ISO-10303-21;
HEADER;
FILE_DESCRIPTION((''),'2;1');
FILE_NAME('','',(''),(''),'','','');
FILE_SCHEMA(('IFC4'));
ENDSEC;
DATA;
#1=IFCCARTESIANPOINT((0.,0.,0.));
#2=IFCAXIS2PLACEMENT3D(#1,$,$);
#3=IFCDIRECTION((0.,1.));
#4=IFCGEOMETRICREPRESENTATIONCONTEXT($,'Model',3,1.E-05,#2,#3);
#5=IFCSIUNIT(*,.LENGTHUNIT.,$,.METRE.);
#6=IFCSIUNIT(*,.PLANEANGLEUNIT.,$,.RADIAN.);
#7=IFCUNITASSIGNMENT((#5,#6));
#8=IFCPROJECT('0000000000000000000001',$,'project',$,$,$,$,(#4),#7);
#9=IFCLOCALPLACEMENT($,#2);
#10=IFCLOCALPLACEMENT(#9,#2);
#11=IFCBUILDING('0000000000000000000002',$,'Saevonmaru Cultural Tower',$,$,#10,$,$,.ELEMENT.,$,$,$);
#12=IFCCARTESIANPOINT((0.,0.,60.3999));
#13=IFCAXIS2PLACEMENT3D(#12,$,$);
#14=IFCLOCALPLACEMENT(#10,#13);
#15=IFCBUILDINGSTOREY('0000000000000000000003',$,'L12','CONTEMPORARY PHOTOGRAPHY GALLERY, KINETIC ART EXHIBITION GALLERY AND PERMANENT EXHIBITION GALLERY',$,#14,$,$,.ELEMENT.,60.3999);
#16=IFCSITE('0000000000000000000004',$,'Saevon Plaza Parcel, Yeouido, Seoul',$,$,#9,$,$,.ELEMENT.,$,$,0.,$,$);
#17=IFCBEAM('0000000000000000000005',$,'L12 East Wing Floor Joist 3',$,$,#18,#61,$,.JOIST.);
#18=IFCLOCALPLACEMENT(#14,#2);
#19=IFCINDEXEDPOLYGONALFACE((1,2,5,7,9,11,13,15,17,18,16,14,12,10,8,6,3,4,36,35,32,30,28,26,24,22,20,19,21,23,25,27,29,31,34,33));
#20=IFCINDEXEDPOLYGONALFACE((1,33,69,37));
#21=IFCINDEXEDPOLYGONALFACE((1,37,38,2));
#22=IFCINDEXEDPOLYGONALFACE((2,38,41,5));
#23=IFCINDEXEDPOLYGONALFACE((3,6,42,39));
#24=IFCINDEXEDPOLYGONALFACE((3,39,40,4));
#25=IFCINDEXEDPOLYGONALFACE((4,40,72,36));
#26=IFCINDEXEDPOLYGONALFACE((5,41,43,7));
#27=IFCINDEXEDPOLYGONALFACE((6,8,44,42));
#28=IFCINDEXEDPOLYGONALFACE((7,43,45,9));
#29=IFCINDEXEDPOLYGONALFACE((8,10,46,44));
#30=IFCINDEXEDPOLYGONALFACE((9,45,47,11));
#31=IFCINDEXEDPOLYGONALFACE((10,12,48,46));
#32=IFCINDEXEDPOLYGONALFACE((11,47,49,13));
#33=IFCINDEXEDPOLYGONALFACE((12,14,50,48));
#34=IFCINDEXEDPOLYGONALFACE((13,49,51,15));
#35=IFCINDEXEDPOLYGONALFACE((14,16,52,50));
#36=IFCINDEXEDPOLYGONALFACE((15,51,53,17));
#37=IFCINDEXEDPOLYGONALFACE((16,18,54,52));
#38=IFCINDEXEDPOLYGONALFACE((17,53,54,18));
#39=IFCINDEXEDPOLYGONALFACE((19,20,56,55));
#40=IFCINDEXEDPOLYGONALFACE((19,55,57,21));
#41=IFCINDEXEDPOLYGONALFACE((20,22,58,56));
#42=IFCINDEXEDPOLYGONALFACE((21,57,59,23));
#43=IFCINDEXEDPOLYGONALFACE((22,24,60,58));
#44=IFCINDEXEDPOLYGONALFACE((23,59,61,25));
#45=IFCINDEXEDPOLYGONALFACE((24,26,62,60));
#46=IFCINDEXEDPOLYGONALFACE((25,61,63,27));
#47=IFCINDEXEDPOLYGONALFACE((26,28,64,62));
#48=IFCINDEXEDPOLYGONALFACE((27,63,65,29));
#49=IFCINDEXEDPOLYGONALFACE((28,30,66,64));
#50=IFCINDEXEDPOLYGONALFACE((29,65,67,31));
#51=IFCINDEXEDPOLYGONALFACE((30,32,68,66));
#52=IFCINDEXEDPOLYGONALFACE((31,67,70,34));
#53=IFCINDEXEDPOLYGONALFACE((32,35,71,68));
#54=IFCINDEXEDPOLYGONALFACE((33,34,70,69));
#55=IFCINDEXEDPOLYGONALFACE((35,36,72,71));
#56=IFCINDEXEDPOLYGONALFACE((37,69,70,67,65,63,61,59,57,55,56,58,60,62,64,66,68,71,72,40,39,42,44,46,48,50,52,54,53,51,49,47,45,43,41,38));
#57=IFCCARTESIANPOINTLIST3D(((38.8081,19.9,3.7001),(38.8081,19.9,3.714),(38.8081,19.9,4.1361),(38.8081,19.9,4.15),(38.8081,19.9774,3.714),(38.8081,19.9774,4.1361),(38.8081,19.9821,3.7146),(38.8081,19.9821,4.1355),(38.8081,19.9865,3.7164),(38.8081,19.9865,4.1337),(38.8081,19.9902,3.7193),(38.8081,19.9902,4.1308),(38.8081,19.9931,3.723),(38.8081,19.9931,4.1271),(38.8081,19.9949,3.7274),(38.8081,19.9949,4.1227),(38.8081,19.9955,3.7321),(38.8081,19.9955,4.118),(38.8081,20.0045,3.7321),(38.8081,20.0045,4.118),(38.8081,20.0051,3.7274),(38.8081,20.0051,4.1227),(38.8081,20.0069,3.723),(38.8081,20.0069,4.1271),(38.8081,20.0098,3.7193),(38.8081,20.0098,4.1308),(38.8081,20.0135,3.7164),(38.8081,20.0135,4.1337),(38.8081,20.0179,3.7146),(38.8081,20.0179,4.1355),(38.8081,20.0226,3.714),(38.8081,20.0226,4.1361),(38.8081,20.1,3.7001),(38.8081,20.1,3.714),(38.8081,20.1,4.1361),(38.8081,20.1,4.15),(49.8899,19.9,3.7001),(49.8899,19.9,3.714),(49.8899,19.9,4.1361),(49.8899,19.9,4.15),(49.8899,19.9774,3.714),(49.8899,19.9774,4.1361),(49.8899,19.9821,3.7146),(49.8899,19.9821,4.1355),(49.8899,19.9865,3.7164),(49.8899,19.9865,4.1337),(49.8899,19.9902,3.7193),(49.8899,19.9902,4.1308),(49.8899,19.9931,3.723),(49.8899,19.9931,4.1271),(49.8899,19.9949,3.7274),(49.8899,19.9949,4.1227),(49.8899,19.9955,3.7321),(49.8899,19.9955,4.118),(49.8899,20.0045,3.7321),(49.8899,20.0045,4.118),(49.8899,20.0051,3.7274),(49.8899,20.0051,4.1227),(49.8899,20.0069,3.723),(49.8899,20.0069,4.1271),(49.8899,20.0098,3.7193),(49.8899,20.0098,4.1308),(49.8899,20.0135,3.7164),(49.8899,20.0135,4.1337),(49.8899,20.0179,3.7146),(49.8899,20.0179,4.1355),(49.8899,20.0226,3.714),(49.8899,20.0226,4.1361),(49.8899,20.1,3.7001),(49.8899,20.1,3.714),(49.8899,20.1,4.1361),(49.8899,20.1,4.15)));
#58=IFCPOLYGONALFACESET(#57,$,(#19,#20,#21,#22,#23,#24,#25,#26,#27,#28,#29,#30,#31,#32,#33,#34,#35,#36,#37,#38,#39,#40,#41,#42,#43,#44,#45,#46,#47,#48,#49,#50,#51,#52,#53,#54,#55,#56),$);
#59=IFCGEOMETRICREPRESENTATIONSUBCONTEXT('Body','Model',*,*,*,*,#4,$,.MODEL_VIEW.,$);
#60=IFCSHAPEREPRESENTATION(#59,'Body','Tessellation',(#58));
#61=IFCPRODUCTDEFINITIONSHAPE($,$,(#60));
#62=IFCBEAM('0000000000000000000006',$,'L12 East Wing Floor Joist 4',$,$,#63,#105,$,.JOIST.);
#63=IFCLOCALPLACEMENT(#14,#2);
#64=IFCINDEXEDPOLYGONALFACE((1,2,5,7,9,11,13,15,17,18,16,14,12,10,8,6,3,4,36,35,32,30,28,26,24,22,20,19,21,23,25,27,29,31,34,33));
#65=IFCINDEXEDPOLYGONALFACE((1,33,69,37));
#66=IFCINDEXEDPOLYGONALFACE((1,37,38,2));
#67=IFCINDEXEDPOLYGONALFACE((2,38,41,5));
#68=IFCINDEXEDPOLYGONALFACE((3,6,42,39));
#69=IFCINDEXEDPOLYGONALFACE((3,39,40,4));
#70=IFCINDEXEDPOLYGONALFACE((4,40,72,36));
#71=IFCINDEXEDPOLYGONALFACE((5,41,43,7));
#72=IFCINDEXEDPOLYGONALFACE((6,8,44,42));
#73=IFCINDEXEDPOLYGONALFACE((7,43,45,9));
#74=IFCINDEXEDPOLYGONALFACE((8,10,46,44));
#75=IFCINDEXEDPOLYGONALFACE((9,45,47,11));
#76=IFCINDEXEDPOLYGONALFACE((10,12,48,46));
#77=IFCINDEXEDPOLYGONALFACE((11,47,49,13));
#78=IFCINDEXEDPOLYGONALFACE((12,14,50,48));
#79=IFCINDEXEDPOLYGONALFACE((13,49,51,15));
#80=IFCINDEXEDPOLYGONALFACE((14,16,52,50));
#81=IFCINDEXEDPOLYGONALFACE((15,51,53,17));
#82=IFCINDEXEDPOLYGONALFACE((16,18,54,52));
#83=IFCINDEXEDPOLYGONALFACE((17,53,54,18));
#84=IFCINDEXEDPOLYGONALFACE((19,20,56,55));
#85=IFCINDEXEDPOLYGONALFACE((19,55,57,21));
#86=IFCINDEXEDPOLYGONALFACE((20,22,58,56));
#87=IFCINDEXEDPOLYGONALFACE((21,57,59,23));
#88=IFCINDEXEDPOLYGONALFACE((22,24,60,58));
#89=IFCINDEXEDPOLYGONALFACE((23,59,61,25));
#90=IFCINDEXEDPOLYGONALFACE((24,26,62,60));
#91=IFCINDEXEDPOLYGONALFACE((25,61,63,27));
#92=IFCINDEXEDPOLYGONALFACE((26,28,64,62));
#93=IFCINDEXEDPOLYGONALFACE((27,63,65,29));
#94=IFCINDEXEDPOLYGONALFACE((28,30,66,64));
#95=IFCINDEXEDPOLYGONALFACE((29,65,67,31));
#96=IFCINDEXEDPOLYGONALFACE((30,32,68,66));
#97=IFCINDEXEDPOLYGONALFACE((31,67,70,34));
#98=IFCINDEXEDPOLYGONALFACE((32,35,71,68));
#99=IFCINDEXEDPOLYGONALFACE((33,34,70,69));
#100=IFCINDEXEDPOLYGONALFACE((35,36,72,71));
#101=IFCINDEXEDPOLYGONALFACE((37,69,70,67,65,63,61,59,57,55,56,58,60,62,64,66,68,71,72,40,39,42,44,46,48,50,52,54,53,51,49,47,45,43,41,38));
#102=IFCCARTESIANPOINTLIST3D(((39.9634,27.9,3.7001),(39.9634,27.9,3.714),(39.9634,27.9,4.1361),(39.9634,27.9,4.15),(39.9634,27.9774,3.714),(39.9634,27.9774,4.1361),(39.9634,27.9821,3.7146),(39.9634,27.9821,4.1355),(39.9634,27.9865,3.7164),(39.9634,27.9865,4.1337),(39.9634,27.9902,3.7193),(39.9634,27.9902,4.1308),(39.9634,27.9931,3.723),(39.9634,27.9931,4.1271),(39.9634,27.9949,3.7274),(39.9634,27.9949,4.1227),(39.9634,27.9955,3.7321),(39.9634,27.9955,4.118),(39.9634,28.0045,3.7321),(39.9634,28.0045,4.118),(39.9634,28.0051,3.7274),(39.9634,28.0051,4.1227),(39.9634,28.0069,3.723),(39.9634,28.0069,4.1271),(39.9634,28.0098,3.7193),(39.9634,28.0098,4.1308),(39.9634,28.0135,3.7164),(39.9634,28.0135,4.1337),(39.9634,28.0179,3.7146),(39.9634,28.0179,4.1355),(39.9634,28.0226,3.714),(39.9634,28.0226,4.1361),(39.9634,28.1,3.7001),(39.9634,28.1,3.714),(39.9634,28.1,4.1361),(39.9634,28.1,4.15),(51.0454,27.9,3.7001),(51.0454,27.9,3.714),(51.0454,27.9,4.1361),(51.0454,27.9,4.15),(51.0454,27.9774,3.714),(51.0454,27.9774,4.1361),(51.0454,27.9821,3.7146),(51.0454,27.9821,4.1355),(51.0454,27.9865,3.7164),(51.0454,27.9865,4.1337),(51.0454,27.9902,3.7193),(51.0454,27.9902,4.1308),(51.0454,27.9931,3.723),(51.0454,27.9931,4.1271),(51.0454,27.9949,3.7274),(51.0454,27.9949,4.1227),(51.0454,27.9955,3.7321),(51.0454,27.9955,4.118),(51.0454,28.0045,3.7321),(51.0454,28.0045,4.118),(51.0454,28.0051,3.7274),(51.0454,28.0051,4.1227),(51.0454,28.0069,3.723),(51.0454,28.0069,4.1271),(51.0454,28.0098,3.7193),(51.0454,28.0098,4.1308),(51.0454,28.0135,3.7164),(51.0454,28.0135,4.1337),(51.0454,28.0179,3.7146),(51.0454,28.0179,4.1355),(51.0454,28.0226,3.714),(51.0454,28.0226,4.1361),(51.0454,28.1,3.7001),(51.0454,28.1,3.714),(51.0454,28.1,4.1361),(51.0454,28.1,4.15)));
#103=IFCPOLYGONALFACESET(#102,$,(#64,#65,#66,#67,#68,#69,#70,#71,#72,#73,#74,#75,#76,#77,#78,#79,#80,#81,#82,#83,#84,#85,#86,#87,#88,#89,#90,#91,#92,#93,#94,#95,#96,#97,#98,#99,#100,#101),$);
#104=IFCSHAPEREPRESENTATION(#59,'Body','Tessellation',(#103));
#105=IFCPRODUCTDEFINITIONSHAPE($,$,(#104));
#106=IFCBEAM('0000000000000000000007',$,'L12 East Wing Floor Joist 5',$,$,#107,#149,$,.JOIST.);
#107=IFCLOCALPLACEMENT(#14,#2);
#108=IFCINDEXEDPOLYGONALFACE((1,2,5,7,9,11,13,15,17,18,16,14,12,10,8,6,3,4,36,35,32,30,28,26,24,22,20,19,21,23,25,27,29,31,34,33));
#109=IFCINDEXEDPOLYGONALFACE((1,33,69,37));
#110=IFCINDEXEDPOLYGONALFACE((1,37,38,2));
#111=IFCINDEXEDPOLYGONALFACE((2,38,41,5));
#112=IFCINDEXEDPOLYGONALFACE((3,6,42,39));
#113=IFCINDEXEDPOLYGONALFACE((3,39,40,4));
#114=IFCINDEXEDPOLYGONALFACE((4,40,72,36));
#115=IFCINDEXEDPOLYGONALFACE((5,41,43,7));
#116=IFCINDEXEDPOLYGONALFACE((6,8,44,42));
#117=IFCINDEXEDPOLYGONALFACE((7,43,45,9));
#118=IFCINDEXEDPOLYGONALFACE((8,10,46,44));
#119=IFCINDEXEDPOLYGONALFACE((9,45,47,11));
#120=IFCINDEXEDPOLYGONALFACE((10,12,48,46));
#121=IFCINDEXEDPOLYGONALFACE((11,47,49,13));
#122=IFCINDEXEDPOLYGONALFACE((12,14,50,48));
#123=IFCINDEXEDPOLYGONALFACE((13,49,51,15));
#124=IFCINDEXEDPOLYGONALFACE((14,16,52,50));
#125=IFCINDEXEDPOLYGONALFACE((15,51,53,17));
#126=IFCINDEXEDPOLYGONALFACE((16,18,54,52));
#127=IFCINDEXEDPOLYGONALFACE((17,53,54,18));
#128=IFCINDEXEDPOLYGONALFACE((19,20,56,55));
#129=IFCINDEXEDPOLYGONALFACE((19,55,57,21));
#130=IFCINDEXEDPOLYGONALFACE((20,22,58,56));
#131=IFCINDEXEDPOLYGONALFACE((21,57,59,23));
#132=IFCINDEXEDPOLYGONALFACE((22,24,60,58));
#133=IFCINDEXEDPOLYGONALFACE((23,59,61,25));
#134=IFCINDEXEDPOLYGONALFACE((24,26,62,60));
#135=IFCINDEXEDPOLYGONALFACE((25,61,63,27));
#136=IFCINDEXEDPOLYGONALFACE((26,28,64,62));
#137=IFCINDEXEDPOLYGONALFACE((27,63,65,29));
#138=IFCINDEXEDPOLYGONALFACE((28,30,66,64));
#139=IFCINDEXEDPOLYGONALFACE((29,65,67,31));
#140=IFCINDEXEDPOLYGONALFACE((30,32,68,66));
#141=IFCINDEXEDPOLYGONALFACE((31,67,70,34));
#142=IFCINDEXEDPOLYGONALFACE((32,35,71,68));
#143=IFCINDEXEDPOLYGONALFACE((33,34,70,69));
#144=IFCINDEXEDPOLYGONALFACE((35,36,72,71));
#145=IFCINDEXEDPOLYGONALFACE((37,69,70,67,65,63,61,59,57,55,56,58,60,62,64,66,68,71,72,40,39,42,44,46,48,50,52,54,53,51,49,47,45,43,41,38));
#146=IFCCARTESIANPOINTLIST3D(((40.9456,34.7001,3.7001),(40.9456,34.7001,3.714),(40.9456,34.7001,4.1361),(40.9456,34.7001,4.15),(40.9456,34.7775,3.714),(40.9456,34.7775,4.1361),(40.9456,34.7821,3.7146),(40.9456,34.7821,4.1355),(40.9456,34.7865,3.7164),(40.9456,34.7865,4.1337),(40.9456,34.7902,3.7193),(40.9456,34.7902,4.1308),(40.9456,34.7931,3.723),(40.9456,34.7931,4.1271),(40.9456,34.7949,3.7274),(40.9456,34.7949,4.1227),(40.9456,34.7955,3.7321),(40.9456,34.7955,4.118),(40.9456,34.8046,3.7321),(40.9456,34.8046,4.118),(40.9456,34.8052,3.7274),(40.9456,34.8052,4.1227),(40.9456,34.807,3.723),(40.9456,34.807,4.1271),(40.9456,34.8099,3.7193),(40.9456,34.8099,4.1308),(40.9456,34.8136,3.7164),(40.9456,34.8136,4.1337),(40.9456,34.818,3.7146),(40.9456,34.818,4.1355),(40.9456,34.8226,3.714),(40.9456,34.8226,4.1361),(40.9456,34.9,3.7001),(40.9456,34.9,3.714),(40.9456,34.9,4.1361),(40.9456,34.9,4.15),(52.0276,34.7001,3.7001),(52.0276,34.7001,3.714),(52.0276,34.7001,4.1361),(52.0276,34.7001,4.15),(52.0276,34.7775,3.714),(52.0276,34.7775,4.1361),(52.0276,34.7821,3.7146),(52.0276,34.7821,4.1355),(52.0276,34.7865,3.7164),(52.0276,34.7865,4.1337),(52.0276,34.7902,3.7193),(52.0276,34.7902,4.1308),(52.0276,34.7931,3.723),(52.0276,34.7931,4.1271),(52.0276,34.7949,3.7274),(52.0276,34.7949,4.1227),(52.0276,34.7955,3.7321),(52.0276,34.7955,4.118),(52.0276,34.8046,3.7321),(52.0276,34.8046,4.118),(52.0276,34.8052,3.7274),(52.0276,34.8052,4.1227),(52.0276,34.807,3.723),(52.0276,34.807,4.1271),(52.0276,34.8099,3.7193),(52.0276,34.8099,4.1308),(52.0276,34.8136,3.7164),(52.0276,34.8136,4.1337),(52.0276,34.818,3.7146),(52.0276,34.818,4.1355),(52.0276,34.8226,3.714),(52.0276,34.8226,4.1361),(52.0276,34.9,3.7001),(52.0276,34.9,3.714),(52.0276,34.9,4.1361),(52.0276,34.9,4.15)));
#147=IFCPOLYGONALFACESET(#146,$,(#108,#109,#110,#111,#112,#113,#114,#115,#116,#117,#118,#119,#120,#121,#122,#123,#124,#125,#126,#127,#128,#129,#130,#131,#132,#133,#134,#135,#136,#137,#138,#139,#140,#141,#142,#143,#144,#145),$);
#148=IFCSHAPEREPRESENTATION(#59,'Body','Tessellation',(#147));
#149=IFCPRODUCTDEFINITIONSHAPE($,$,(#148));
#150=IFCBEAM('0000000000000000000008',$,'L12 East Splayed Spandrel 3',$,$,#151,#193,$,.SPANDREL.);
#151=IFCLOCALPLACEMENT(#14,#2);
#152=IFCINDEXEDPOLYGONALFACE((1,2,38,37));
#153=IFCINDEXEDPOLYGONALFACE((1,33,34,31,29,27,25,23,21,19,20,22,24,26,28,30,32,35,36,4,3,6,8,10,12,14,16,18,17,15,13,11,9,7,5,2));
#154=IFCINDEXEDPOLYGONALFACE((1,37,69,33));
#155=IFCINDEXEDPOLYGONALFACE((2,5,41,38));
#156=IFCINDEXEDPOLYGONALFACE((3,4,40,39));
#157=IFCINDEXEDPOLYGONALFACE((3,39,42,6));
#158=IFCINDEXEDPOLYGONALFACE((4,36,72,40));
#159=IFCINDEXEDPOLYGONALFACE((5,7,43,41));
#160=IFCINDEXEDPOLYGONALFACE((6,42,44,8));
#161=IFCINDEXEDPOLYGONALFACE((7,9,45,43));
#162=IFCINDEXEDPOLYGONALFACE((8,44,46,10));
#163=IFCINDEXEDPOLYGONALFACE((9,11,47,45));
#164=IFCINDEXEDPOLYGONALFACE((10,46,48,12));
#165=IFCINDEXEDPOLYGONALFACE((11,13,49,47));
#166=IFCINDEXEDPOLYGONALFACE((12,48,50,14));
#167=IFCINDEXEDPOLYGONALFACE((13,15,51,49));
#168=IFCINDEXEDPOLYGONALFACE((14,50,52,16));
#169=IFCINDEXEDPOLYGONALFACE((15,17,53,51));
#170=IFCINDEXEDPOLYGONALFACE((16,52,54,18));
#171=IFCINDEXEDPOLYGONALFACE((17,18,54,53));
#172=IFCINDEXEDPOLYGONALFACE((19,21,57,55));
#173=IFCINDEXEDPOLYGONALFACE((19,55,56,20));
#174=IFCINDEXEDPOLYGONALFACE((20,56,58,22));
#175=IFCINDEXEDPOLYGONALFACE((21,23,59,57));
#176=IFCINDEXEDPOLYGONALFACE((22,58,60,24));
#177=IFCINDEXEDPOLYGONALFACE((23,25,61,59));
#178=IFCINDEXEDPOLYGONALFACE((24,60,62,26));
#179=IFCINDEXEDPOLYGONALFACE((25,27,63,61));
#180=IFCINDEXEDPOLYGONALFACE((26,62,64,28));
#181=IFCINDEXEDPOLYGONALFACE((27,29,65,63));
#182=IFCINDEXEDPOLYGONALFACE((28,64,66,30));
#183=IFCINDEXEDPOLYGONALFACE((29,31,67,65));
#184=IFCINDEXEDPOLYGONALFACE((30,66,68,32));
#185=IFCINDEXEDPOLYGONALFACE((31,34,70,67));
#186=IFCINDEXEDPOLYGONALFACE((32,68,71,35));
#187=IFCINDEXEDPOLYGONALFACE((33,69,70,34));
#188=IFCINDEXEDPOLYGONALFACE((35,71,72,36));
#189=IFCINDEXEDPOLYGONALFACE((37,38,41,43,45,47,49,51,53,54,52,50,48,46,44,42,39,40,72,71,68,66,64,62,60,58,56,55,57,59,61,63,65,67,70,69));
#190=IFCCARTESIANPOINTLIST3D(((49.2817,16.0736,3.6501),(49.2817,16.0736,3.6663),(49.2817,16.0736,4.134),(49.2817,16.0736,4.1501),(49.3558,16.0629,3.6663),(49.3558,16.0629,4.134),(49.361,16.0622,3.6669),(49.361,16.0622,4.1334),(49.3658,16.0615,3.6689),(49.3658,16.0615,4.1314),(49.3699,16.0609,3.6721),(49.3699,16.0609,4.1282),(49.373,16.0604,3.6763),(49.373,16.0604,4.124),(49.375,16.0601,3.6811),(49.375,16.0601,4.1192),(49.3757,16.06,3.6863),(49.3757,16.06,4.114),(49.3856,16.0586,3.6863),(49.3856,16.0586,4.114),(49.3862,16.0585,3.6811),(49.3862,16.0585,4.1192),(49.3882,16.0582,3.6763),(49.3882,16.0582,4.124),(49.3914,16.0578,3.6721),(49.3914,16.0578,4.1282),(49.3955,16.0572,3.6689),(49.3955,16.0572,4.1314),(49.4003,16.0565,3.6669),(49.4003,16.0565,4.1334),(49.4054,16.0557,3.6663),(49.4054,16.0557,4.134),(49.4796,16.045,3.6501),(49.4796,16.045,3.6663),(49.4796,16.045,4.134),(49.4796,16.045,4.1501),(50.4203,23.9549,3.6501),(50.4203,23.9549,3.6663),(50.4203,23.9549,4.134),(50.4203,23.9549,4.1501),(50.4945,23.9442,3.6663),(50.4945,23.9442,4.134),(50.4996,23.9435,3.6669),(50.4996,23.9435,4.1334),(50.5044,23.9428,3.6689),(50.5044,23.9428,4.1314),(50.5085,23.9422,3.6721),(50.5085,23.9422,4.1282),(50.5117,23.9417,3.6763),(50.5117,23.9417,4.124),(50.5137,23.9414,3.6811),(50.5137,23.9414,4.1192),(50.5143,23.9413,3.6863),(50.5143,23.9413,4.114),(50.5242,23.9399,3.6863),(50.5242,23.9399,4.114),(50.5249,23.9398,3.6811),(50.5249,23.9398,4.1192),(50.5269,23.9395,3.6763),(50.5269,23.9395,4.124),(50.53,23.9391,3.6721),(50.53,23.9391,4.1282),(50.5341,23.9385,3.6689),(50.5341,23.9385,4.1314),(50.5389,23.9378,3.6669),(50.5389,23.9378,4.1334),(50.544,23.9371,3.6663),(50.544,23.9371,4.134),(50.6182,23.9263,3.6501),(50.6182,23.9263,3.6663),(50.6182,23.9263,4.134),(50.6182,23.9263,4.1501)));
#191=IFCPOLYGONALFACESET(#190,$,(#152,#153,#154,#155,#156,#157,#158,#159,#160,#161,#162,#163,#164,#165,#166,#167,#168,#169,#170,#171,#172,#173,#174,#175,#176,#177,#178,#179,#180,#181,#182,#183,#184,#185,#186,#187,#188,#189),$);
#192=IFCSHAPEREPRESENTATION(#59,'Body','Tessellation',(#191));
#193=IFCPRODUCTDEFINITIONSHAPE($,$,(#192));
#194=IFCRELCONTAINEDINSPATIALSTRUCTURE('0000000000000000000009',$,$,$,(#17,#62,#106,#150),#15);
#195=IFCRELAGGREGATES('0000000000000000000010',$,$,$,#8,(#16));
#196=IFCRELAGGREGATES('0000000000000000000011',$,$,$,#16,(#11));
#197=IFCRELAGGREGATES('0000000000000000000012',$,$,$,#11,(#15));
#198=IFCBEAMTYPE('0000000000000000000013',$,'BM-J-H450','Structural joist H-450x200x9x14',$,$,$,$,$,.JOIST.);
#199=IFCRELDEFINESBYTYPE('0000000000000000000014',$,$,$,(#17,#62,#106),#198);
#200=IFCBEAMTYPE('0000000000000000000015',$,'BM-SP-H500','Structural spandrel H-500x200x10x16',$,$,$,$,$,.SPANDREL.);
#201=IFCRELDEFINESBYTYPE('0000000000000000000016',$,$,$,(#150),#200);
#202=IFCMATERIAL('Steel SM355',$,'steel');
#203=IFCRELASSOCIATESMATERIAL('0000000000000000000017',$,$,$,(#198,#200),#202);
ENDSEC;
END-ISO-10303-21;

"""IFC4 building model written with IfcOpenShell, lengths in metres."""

from ifc_helpers import new_model, si_unit, direction, frame, origin, origin_2d, place, context, subcontext, project, spatial, i_section, extrude, material, material_profile, profile_set, type_object, element, save


model = new_model("IFC4")

# Units and contexts
model_context = context("Model", 3, precision=1e-05, world=origin(), true_north=direction((0.0, 1.0)))
body_context = subcontext(model_context, "Body", "Model", "MODEL_VIEW")
ifc_project = project(units=[si_unit("LENGTHUNIT", "METRE"), si_unit("PLANEANGLEUNIT", "RADIAN")], contexts=[model_context])

# Site, building, storey
site_placement = place(None, origin())
site = spatial("IfcSite", under=ifc_project, at=site_placement, Name="Saevon Plaza Parcel, Yeouido, Seoul", CompositionType="ELEMENT", RefElevation=0.0)
building_placement = place(site_placement, origin())
building = spatial("IfcBuilding", under=site, at=building_placement, Name="Saevonmaru Cultural Tower", CompositionType="ELEMENT")
storey_placement = place(building_placement, frame((0.0, 0.0, 60.3999)))
storey = spatial("IfcBuildingStorey", under=building, at=storey_placement, Name="L12", Description="CONTEMPORARY PHOTOGRAPHY GALLERY, KINETIC ART EXHIBITION GALLERY AND PERMANENT EXHIBITION GALLERY", CompositionType="ELEMENT", Elevation=60.3999)

# Beams
ifc_material_1 = material(Name="Steel SM355", Category="steel")
ifc_material_profile_1 = material_profile(ifc_material_1, i_section(OverallWidth=0.2, OverallDepth=0.45, WebThickness=0.009, FlangeThickness=0.0139, FilletRadius=0.0181, at=origin_2d()), Name="H-450x200x9x14")
ifc_profile_set_1 = profile_set([ifc_material_profile_1], Name="Steel SM355")
beam_type_1 = type_object("IfcBeamType", Name="BM-J-H450", Description="Structural joist H-450x200x9x14", PredefinedType="JOIST", material=ifc_profile_set_1)
beam_1_placement = place(storey_placement, frame((38.8081, 20.0, 3.925), z_axis=(1.0, 0.0, 0.0), x_axis=(0.0, 1.0, 0.0)))
element("IfcBeam", 1, at=beam_1_placement, inside=storey, type_object=beam_type_1, Name="L12 East Wing Floor Joist 3", PredefinedType="JOIST", context=body_context, shape_type="SweptSolid", body=[
    extrude(i_section(OverallWidth=0.2, OverallDepth=0.45, WebThickness=0.009, FlangeThickness=0.0139, FilletRadius=0.0181, at=origin_2d()), origin(), (0.0, 0.0, 1.0), 11.0818),
])
for number, where, z_axis, x_axis, name in (
    (2, (39.9634, 28.0, 3.925), (1.0, 0.0, 0.0), (0.0, 1.0, 0.0), "L12 East Wing Floor Joist 4"),
    (3, (40.9456, 34.8, 3.925), (1.0, 0.0, 0.0), (0.0, 1.0, 0.0), "L12 East Wing Floor Joist 5"),
):
    element("IfcBeam", number, at=place(storey_placement, frame(where, z_axis=z_axis, x_axis=x_axis)), inside=storey, type_object=beam_type_1, Name=name, PredefinedType="JOIST", context=body_context, shape_type="SweptSolid", body=[
        extrude(i_section(OverallWidth=0.2, OverallDepth=0.45, WebThickness=0.009, FlangeThickness=0.0139, FilletRadius=0.0181, at=origin_2d()), origin(), (0.0, 0.0, 1.0), 11.082),
    ])
ifc_material_profile_2 = material_profile(ifc_material_1, i_section(OverallWidth=0.2, OverallDepth=0.5, WebThickness=0.01, FlangeThickness=0.0161, FilletRadius=0.02, at=origin_2d()), Name="H-500x200x10x16")
ifc_profile_set_2 = profile_set([ifc_material_profile_2], Name="Steel SM355")
beam_type_2 = type_object("IfcBeamType", Name="BM-SP-H500", Description="Structural spandrel H-500x200x10x16", PredefinedType="SPANDREL", material=ifc_profile_set_2)
beam_2_placement = place(storey_placement, frame((49.3806, 16.0593, 3.9001), z_axis=(0.142992, 0.989724, 0.0), x_axis=(-0.989724, 0.142992, 0.0)))
element("IfcBeam", 4, at=beam_2_placement, inside=storey, type_object=beam_type_2, Name="L12 East Splayed Spandrel 3", PredefinedType="SPANDREL", context=body_context, shape_type="SweptSolid", body=[
    extrude(i_section(OverallWidth=0.2, OverallDepth=0.5, WebThickness=0.01, FlangeThickness=0.0161, FilletRadius=0.02, at=origin_2d()), origin(), (0.0, 0.0, 1.0), 7.9631),
])

save(model, "model.ifc")
